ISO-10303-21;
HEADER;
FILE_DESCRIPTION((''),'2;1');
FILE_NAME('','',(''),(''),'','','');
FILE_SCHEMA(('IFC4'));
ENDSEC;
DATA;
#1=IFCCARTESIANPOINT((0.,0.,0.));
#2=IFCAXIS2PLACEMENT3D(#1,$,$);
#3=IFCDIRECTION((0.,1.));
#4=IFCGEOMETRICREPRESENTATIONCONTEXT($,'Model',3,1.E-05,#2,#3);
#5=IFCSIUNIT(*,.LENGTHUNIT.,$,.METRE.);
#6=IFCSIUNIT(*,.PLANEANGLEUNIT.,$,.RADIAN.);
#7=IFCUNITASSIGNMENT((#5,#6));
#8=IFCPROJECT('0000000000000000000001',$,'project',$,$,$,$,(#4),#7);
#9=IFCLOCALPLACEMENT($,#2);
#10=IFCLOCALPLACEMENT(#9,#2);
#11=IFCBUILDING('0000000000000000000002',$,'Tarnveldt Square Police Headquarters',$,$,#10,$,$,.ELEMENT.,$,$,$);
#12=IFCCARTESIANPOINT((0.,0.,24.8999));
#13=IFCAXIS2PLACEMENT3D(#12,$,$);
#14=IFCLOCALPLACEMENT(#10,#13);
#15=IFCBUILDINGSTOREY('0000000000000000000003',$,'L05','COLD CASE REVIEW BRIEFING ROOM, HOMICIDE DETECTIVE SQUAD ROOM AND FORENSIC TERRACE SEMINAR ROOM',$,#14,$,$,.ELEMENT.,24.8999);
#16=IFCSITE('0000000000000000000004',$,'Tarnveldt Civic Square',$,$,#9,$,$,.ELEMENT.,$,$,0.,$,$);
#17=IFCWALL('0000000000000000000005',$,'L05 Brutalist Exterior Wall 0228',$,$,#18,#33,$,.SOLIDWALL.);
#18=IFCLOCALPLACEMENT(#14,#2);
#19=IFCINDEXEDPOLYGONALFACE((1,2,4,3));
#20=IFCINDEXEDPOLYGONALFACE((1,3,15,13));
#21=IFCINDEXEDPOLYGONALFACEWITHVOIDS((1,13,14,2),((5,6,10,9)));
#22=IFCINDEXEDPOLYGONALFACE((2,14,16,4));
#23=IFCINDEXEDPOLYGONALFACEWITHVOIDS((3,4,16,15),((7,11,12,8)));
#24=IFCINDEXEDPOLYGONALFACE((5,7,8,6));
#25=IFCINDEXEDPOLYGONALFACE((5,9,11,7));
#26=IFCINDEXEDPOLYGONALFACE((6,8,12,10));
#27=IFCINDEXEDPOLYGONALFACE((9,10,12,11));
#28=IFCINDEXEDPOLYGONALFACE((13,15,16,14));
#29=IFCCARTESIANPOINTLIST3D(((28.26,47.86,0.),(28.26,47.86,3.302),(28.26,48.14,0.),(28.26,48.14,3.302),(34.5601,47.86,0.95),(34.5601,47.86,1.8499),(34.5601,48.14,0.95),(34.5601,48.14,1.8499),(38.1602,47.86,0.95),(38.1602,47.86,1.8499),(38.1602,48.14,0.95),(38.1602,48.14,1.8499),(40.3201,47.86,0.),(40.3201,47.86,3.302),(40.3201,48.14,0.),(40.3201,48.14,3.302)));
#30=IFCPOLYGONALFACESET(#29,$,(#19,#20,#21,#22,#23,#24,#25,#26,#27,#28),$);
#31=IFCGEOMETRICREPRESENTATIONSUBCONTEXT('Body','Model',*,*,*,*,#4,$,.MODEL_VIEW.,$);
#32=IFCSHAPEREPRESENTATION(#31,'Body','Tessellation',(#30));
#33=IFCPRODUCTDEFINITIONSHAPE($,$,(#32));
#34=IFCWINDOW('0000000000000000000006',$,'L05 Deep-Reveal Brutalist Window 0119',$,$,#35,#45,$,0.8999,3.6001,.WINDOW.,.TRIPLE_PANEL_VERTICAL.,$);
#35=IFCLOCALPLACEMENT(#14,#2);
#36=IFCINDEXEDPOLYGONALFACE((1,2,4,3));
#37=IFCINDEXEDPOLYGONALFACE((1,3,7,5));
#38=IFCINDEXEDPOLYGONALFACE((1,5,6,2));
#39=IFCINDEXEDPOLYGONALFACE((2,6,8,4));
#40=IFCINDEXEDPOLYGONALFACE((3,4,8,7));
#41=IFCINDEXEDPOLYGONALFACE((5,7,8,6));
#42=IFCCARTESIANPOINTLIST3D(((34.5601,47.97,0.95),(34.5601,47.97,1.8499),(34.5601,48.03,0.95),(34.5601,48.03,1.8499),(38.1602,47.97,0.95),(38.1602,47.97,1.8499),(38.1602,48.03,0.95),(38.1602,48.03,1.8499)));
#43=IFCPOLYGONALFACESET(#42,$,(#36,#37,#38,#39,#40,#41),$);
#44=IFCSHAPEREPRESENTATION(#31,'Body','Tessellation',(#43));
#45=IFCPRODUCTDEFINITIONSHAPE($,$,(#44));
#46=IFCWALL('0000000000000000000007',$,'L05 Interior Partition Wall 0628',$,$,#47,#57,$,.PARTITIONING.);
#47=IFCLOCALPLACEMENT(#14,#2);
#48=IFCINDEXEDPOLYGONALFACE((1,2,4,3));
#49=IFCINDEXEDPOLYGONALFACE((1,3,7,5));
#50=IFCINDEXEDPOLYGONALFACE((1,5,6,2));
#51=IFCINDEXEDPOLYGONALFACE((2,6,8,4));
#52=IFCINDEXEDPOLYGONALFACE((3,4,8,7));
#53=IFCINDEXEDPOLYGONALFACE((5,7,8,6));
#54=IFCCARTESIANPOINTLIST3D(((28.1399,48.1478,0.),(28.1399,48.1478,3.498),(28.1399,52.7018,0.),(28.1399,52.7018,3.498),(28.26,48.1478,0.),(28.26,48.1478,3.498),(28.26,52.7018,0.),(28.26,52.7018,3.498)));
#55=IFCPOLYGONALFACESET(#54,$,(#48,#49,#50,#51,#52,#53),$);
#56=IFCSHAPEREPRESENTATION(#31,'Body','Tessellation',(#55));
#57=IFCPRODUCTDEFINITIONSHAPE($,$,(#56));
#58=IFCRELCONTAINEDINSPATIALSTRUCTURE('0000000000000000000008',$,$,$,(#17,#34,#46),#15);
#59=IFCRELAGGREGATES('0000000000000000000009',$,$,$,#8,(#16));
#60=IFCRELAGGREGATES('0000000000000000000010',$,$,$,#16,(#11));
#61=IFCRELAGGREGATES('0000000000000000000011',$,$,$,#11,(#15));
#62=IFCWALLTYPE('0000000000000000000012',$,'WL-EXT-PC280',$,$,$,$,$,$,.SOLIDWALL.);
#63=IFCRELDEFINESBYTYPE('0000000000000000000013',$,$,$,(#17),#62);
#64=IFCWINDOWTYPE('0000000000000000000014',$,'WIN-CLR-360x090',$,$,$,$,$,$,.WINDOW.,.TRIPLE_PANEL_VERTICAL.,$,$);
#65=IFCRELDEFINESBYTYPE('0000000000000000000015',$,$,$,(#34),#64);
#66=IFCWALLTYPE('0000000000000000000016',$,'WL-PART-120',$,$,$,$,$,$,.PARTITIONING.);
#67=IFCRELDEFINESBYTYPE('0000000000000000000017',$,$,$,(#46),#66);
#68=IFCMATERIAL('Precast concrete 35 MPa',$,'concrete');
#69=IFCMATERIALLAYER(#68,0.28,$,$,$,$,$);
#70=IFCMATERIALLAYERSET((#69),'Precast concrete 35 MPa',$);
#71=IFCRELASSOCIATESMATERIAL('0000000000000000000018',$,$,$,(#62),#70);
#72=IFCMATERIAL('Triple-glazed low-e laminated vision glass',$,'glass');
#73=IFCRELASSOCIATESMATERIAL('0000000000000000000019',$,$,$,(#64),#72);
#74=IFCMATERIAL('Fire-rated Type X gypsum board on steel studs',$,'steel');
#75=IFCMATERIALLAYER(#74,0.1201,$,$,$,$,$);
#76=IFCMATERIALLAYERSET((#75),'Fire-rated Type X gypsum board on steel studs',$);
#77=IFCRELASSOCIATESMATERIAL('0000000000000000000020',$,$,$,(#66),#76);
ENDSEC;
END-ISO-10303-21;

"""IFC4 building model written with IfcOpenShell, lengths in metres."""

from ifc_helpers import new_model, si_unit, direction, frame, frame_2d, origin, place, context, subcontext, project, spatial, rectangle, extrude, material, layer, layer_set, type_object, element, fill, save


model = new_model("IFC4")

# Units and contexts
model_context = context("Model", 3, precision=1e-05, world=origin(), true_north=direction((0.0, 1.0)))
body_context = subcontext(model_context, "Body", "Model", "MODEL_VIEW")
ifc_project = project(units=[si_unit("LENGTHUNIT", "METRE"), si_unit("PLANEANGLEUNIT", "RADIAN")], contexts=[model_context])

# Site, building, storey
site_placement = place(None, origin())
site = spatial("IfcSite", under=ifc_project, at=site_placement, Name="Tarnveldt Civic Square", CompositionType="ELEMENT", RefElevation=0.0)
building_placement = place(site_placement, origin())
building = spatial("IfcBuilding", under=site, at=building_placement, Name="Tarnveldt Square Police Headquarters", CompositionType="ELEMENT")
storey_placement = place(building_placement, frame((0.0, 0.0, 24.8999)))
storey = spatial("IfcBuildingStorey", under=building, at=storey_placement, Name="L05", Description="COLD CASE REVIEW BRIEFING ROOM, HOMICIDE DETECTIVE SQUAD ROOM AND FORENSIC TERRACE SEMINAR ROOM", CompositionType="ELEMENT", Elevation=24.8999)

# Wall, opening, window
ifc_material_1 = material(Name="Precast concrete 35 MPa", Category="concrete")
ifc_layer_1 = layer(ifc_material_1, 0.28)
ifc_layer_set_1 = layer_set([ifc_layer_1], Name="Precast concrete 35 MPa")
wall_type_1 = type_object("IfcWallType", Name="WL-EXT-PC280", PredefinedType="SOLIDWALL", material=ifc_layer_set_1)
wall_1_placement = place(storey_placement, frame((28.26, 48.0, 0.0), z_axis=(0.0, 0.0, 1.0), x_axis=(1.0, 0.0, 0.0)))
wall_1 = element("IfcWall", 1, at=wall_1_placement, inside=storey, type_object=wall_type_1, Name="L05 Brutalist Exterior Wall 0228", PredefinedType="SOLIDWALL", context=body_context, shape_type="SweptSolid", body=[
    extrude(rectangle(XDim=12.0601, YDim=0.28, at=frame_2d((6.03, 0.0))), origin(), (0.0, 0.0, 1.0), 3.302),
])
opening_placement = place(wall_1_placement, frame((6.3, 0.0, 0.95)))
opening = element("IfcOpeningElement", 2, at=opening_placement, cuts=wall_1, PredefinedType="OPENING", context=body_context, shape_type="SweptSolid", body=[
    extrude(rectangle(XDim=3.6001, YDim=0.8999, at=frame_2d((1.8, 0.45))), frame((0.0, 0.1499, 0.0), z_axis=(0.0, -1.0, 0.0), x_axis=(1.0, 0.0, 0.0)), (0.0, 0.0, 1.0), 0.3),
])
ifc_material_2 = material(Name="Triple-glazed low-e laminated vision glass", Category="glass")
window_type = type_object("IfcWindowType", Name="WIN-CLR-360x090", PartitioningType="TRIPLE_PANEL_VERTICAL", PredefinedType="WINDOW", material=ifc_material_2)
window_placement = place(opening_placement, origin())
window = element("IfcWindow", 3, at=window_placement, inside=storey, type_object=window_type, Name="L05 Deep-Reveal Brutalist Window 0119", OverallHeight=0.8999, OverallWidth=3.6001, PartitioningType="TRIPLE_PANEL_VERTICAL", PredefinedType="WINDOW", context=body_context, shape_type="SweptSolid", body=[
    extrude(rectangle(XDim=3.6001, YDim=0.8999, at=frame_2d((1.8, 0.45))), frame((0.0, 0.03, 0.0), z_axis=(0.0, -1.0, 0.0), x_axis=(1.0, 0.0, 0.0)), (0.0, 0.0, 1.0), 0.0601),
])
fill(opening, window)

# Wall
ifc_material_3 = material(Name="Fire-rated Type X gypsum board on steel studs", Category="steel")
ifc_layer_2 = layer(ifc_material_3, 0.1201)
ifc_layer_set_2 = layer_set([ifc_layer_2], Name="Fire-rated Type X gypsum board on steel studs")
wall_type_2 = type_object("IfcWallType", Name="WL-PART-120", PredefinedType="PARTITIONING", material=ifc_layer_set_2)
wall_2_placement = place(storey_placement, frame((28.2, 48.1479, 0.0), z_axis=(0.0, 0.0, 1.0), x_axis=(0.0, 1.0, 0.0)))
element("IfcWall", 4, at=wall_2_placement, inside=storey, type_object=wall_type_2, Name="L05 Interior Partition Wall 0628", PredefinedType="PARTITIONING", context=body_context, shape_type="SweptSolid", body=[
    extrude(rectangle(XDim=4.554, YDim=0.1201, at=frame_2d((2.2769, 0.0))), origin(), (0.0, 0.0, 1.0), 3.498),
])

save(model, "model.ifc")
